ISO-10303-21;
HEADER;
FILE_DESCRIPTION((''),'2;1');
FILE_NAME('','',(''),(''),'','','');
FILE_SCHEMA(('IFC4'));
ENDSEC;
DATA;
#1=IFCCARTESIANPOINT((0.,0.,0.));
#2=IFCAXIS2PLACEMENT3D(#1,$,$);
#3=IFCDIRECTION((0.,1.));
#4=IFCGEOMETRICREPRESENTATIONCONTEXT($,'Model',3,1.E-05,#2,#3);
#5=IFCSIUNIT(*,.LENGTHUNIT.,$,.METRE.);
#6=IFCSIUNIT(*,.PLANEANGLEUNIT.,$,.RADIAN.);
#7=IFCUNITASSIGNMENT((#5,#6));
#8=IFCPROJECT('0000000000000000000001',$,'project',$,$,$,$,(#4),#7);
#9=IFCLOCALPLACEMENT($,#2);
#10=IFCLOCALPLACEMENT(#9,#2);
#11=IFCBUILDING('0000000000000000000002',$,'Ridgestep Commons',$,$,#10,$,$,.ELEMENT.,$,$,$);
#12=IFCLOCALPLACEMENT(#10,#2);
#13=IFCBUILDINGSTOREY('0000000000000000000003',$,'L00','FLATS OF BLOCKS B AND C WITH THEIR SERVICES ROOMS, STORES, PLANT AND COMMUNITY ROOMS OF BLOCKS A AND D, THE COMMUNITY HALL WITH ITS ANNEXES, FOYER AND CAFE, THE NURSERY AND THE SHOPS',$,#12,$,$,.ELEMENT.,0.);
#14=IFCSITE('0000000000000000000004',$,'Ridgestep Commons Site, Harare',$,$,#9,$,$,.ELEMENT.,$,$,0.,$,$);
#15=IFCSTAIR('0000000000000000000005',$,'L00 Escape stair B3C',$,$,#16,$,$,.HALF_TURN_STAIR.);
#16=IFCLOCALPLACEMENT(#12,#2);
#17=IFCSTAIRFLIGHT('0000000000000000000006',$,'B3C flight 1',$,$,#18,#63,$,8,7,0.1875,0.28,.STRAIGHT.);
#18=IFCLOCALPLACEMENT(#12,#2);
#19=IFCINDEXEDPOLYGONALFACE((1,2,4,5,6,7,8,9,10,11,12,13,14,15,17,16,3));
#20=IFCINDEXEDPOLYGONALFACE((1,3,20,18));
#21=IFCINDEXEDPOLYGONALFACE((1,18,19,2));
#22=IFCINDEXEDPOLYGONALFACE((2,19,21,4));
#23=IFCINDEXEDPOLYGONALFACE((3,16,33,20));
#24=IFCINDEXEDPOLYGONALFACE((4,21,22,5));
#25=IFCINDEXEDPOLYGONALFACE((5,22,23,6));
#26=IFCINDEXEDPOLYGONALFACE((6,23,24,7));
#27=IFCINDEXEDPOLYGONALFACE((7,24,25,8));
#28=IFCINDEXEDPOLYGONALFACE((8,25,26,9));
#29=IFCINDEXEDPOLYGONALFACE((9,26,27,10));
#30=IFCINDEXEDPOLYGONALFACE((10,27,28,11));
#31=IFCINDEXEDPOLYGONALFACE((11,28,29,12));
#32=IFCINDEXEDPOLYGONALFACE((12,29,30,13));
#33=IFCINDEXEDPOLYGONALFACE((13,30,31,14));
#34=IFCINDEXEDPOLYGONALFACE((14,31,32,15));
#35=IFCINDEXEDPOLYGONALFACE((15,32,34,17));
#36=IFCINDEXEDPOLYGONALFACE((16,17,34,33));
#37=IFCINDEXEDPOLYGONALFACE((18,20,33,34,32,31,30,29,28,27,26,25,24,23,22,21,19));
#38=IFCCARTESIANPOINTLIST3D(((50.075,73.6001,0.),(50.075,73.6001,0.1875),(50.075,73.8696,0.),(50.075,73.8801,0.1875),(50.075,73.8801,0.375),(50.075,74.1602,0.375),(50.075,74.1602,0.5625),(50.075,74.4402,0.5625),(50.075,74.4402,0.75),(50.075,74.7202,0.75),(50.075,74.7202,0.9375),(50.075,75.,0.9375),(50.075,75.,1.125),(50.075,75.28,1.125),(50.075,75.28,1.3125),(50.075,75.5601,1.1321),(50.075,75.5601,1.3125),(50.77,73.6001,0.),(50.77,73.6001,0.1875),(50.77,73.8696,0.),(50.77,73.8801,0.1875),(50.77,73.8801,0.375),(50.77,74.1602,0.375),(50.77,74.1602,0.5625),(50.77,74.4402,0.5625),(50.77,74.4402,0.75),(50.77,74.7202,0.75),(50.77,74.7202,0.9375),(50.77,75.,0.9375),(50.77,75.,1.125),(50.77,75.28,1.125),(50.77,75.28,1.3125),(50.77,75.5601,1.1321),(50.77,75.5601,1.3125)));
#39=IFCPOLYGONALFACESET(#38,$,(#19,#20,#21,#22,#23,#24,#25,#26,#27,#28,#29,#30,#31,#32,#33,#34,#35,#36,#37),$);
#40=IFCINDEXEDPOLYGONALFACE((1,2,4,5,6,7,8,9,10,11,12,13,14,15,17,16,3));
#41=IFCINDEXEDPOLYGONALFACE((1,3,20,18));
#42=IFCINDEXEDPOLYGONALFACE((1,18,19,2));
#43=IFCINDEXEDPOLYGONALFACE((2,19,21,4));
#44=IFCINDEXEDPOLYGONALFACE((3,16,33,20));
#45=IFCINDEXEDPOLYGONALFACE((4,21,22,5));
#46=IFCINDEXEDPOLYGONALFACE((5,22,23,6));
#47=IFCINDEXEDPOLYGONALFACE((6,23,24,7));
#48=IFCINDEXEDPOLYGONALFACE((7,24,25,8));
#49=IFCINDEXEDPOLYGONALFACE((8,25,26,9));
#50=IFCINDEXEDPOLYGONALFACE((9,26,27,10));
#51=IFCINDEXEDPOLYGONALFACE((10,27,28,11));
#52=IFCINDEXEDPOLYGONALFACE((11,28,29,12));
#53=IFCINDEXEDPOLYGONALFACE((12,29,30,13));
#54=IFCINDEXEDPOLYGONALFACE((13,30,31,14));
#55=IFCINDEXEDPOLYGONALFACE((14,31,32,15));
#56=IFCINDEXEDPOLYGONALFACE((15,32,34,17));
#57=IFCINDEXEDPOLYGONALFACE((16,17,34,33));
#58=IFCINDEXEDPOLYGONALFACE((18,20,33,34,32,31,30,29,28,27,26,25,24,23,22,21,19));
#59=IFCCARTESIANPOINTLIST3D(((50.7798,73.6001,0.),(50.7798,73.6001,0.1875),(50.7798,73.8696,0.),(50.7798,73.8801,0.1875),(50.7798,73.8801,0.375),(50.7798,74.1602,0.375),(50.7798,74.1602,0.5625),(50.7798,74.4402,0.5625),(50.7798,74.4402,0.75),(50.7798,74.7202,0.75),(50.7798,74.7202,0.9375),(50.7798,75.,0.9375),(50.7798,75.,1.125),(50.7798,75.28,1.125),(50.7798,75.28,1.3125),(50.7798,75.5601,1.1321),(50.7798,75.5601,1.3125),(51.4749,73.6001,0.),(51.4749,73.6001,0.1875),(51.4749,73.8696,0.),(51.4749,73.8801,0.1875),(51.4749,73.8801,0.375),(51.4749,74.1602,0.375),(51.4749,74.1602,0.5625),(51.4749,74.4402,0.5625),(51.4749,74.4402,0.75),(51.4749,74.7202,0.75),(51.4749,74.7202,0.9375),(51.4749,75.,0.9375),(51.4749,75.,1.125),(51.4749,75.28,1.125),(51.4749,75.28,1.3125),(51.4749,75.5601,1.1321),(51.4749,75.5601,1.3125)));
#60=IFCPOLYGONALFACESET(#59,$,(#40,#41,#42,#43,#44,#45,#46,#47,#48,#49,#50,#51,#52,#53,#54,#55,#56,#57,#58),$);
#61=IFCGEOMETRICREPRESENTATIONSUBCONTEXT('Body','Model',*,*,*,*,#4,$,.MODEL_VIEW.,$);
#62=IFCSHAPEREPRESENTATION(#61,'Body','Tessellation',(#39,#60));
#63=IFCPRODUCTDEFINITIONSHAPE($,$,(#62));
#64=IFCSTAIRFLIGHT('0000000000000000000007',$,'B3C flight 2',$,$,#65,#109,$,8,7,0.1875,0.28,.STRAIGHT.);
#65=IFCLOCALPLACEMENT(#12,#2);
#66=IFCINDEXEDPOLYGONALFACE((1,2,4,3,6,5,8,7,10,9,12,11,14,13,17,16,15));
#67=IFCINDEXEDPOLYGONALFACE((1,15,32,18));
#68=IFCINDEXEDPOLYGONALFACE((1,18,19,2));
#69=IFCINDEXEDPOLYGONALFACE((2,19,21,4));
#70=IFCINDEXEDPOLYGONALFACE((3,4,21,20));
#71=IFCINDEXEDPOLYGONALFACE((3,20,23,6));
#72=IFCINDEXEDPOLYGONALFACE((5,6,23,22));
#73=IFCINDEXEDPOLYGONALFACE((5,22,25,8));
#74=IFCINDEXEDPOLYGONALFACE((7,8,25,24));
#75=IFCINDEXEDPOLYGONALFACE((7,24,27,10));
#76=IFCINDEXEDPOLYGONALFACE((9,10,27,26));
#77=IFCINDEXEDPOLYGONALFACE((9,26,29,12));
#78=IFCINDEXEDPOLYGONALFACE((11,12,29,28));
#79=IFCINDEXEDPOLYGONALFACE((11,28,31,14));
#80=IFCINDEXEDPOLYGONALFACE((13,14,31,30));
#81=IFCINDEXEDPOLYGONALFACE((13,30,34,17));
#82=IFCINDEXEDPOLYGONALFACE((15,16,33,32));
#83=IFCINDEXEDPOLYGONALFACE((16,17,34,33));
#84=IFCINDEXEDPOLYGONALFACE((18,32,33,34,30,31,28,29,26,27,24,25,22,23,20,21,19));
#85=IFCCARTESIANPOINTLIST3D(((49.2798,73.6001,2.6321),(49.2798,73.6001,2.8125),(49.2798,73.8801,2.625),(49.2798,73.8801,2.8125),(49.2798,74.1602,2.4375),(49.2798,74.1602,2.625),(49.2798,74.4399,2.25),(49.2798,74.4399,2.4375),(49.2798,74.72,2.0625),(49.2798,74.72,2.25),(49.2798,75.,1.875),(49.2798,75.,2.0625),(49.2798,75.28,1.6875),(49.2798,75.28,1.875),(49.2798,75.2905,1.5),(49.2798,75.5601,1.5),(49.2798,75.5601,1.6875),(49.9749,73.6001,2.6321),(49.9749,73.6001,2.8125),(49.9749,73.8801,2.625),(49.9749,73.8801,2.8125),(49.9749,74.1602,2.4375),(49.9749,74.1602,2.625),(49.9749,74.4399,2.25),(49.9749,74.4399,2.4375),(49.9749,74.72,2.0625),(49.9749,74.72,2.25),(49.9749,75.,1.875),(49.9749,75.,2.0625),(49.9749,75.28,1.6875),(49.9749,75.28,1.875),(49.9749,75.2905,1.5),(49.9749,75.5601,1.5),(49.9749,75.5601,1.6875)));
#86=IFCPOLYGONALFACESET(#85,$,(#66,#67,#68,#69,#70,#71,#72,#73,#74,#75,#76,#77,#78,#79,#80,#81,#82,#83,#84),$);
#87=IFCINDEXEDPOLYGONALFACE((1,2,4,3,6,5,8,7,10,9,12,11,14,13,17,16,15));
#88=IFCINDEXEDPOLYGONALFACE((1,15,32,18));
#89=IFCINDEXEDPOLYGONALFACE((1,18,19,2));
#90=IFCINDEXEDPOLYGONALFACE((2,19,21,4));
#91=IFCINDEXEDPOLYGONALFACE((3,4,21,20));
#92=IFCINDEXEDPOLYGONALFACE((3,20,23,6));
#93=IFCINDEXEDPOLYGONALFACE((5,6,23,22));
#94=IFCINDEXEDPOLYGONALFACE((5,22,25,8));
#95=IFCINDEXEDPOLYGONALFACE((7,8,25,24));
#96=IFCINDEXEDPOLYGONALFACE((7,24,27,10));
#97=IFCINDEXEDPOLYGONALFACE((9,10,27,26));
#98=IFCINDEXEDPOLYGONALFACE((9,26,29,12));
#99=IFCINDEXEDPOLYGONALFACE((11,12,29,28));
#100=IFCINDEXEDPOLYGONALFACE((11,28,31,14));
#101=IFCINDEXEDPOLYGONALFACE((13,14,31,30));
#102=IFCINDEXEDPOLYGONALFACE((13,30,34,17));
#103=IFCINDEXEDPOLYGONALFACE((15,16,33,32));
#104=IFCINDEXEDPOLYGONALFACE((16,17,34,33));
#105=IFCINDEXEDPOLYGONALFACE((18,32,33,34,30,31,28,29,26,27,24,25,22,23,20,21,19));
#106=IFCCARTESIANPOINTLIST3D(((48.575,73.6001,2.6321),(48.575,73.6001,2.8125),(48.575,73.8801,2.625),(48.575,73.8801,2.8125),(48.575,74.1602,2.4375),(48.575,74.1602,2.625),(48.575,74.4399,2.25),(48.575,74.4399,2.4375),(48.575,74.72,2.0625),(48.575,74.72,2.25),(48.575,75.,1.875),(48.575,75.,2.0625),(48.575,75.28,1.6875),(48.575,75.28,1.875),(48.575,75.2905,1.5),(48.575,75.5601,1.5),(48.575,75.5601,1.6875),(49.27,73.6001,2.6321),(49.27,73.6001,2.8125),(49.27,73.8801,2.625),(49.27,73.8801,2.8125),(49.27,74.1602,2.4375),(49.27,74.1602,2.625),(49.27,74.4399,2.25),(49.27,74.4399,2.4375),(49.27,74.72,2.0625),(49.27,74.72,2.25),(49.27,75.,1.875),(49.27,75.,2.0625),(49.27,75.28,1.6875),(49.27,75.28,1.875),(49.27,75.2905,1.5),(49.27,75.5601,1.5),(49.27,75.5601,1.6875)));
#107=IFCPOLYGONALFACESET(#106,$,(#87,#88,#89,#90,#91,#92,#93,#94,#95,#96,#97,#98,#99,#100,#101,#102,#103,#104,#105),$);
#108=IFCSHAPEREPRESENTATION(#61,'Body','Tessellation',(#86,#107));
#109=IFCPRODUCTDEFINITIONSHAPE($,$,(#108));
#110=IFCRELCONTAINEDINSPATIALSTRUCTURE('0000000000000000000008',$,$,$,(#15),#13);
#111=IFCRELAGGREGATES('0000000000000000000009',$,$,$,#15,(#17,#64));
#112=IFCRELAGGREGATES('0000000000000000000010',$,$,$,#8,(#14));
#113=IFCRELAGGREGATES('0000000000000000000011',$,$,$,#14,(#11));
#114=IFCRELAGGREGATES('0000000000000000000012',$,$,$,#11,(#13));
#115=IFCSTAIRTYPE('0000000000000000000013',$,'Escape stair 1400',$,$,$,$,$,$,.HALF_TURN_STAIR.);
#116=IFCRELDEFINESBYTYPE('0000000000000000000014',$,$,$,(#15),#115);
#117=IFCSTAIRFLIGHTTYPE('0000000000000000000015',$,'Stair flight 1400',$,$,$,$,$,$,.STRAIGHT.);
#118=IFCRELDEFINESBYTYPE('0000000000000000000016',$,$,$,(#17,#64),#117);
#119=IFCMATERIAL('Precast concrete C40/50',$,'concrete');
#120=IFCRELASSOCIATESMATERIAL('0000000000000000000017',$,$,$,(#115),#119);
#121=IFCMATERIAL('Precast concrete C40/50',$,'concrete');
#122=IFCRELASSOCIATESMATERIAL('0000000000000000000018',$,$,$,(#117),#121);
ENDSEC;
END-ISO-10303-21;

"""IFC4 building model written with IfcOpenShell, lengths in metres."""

from ifc_helpers import new_model, si_unit, direction, frame, origin, place, context, subcontext, project, spatial, polyline, outline, extrude, material, type_object, element, aggregate, save


model = new_model("IFC4")

# Units and contexts
model_context = context("Model", 3, precision=1e-05, world=origin(), true_north=direction((0.0, 1.0)))
body_context = subcontext(model_context, "Body", "Model", "MODEL_VIEW")
ifc_project = project(units=[si_unit("LENGTHUNIT", "METRE"), si_unit("PLANEANGLEUNIT", "RADIAN")], contexts=[model_context])

# Site, building, storey
site_placement = place(None, origin())
site = spatial("IfcSite", under=ifc_project, at=site_placement, Name="Ridgestep Commons Site, Harare", CompositionType="ELEMENT", RefElevation=0.0)
building_placement = place(site_placement, origin())
building = spatial("IfcBuilding", under=site, at=building_placement, Name="Ridgestep Commons", CompositionType="ELEMENT")
storey_placement = place(building_placement, origin())
storey = spatial("IfcBuildingStorey", under=building, at=storey_placement, Name="L00", Description="FLATS OF BLOCKS B AND C WITH THEIR SERVICES ROOMS, STORES, PLANT AND COMMUNITY ROOMS OF BLOCKS A AND D, THE COMMUNITY HALL WITH ITS ANNEXES, FOYER AND CAFE, THE NURSERY AND THE SHOPS", CompositionType="ELEMENT", Elevation=0.0)

# Stair, stair flights
ifc_material_1 = material(Name="Precast concrete C40/50", Category="concrete")
stair_type = type_object("IfcStairType", Name="Escape stair 1400", PredefinedType="HALF_TURN_STAIR", material=ifc_material_1)
stair_placement = place(storey_placement, origin())
stair = element("IfcStair", 1, at=stair_placement, inside=storey, type_object=stair_type, Name="L00 Escape stair B3C", PredefinedType="HALF_TURN_STAIR")
ifc_material_2 = material(Name="Precast concrete C40/50", Category="concrete")
stair_flight_type = type_object("IfcStairFlightType", Name="Stair flight 1400", PredefinedType="STRAIGHT", material=ifc_material_2)
stair_flight_1_placement = place(storey_placement, frame((50.7749, 73.6001, 0.0), z_axis=(0.0, 0.0, 1.0), x_axis=(0.0, 1.0, 0.0)))
stair_flight_1 = element("IfcStairFlight", 2, at=stair_flight_1_placement, type_object=stair_flight_type, Name="B3C flight 1", NumberOfRisers=8, NumberOfTreads=7, PredefinedType="STRAIGHT", RiserHeight=0.1875, TreadLength=0.28, context=body_context, shape_type="SweptSolid", body=[
    extrude(outline(polyline([(0.0, 0.0), (0.0, 0.1875), (0.28, 0.1875), (0.28, 0.375), (0.5601, 0.375), (0.5601, 0.5625), (0.8401, 0.5625), (0.8401, 0.75), (1.1201, 0.75), (1.1201, 0.9375), (1.3999, 0.9375), (1.3999, 1.125), (1.6799, 1.125), (1.6799, 1.3125), (1.96, 1.3125), (1.96, 1.5), (1.96, 1.1321), (0.2695, 0.0), (0.0, 0.0)])), frame((0.0, 0.7, 0.0), z_axis=(0.0, -1.0, 0.0), x_axis=(1.0, 0.0, 0.0)), (0.0, 0.0, 1.0), 0.6951),
    extrude(outline(polyline([(0.0, 0.0), (0.0, 0.1875), (0.28, 0.1875), (0.28, 0.375), (0.5601, 0.375), (0.5601, 0.5625), (0.8401, 0.5625), (0.8401, 0.75), (1.1201, 0.75), (1.1201, 0.9375), (1.3999, 0.9375), (1.3999, 1.125), (1.6799, 1.125), (1.6799, 1.3125), (1.96, 1.3125), (1.96, 1.5), (1.96, 1.1321), (0.2695, 0.0), (0.0, 0.0)])), frame((0.0, -0.0049, 0.0), z_axis=(0.0, -1.0, 0.0), x_axis=(1.0, 0.0, 0.0)), (0.0, 0.0, 1.0), 0.6951),
])
stair_flight_2_placement = place(storey_placement, frame((49.2749, 75.5601, 1.5), z_axis=(0.0, 0.0, 1.0), x_axis=(0.0, -1.0, 0.0)))
stair_flight_2 = element("IfcStairFlight", 3, at=stair_flight_2_placement, type_object=stair_flight_type, Name="B3C flight 2", NumberOfRisers=8, NumberOfTreads=7, PredefinedType="STRAIGHT", RiserHeight=0.1875, TreadLength=0.28, context=body_context, shape_type="SweptSolid", body=[
    extrude(outline(polyline([(0.0, 0.0), (0.0, 0.1875), (0.28, 0.1875), (0.28, 0.375), (0.5601, 0.375), (0.5601, 0.5625), (0.8401, 0.5625), (0.8401, 0.75), (1.1201, 0.75), (1.1201, 0.9375), (1.3999, 0.9375), (1.3999, 1.125), (1.6799, 1.125), (1.6799, 1.3125), (1.96, 1.3125), (1.96, 1.5), (1.96, 1.1321), (0.2695, 0.0), (0.0, 0.0)])), frame((0.0, 0.7, 0.0), z_axis=(0.0, -1.0, 0.0), x_axis=(1.0, 0.0, 0.0)), (0.0, 0.0, 1.0), 0.6951),
    extrude(outline(polyline([(0.0, 0.0), (0.0, 0.1875), (0.28, 0.1875), (0.28, 0.375), (0.5601, 0.375), (0.5601, 0.5625), (0.8401, 0.5625), (0.8401, 0.75), (1.1201, 0.75), (1.1201, 0.9375), (1.3999, 0.9375), (1.3999, 1.125), (1.6799, 1.125), (1.6799, 1.3125), (1.96, 1.3125), (1.96, 1.5), (1.96, 1.1321), (0.2695, 0.0), (0.0, 0.0)])), frame((0.0, -0.0049, 0.0), z_axis=(0.0, -1.0, 0.0), x_axis=(1.0, 0.0, 0.0)), (0.0, 0.0, 1.0), 0.6951),
])
aggregate(stair, [stair_flight_1, stair_flight_2])

save(model, "model.ifc")
